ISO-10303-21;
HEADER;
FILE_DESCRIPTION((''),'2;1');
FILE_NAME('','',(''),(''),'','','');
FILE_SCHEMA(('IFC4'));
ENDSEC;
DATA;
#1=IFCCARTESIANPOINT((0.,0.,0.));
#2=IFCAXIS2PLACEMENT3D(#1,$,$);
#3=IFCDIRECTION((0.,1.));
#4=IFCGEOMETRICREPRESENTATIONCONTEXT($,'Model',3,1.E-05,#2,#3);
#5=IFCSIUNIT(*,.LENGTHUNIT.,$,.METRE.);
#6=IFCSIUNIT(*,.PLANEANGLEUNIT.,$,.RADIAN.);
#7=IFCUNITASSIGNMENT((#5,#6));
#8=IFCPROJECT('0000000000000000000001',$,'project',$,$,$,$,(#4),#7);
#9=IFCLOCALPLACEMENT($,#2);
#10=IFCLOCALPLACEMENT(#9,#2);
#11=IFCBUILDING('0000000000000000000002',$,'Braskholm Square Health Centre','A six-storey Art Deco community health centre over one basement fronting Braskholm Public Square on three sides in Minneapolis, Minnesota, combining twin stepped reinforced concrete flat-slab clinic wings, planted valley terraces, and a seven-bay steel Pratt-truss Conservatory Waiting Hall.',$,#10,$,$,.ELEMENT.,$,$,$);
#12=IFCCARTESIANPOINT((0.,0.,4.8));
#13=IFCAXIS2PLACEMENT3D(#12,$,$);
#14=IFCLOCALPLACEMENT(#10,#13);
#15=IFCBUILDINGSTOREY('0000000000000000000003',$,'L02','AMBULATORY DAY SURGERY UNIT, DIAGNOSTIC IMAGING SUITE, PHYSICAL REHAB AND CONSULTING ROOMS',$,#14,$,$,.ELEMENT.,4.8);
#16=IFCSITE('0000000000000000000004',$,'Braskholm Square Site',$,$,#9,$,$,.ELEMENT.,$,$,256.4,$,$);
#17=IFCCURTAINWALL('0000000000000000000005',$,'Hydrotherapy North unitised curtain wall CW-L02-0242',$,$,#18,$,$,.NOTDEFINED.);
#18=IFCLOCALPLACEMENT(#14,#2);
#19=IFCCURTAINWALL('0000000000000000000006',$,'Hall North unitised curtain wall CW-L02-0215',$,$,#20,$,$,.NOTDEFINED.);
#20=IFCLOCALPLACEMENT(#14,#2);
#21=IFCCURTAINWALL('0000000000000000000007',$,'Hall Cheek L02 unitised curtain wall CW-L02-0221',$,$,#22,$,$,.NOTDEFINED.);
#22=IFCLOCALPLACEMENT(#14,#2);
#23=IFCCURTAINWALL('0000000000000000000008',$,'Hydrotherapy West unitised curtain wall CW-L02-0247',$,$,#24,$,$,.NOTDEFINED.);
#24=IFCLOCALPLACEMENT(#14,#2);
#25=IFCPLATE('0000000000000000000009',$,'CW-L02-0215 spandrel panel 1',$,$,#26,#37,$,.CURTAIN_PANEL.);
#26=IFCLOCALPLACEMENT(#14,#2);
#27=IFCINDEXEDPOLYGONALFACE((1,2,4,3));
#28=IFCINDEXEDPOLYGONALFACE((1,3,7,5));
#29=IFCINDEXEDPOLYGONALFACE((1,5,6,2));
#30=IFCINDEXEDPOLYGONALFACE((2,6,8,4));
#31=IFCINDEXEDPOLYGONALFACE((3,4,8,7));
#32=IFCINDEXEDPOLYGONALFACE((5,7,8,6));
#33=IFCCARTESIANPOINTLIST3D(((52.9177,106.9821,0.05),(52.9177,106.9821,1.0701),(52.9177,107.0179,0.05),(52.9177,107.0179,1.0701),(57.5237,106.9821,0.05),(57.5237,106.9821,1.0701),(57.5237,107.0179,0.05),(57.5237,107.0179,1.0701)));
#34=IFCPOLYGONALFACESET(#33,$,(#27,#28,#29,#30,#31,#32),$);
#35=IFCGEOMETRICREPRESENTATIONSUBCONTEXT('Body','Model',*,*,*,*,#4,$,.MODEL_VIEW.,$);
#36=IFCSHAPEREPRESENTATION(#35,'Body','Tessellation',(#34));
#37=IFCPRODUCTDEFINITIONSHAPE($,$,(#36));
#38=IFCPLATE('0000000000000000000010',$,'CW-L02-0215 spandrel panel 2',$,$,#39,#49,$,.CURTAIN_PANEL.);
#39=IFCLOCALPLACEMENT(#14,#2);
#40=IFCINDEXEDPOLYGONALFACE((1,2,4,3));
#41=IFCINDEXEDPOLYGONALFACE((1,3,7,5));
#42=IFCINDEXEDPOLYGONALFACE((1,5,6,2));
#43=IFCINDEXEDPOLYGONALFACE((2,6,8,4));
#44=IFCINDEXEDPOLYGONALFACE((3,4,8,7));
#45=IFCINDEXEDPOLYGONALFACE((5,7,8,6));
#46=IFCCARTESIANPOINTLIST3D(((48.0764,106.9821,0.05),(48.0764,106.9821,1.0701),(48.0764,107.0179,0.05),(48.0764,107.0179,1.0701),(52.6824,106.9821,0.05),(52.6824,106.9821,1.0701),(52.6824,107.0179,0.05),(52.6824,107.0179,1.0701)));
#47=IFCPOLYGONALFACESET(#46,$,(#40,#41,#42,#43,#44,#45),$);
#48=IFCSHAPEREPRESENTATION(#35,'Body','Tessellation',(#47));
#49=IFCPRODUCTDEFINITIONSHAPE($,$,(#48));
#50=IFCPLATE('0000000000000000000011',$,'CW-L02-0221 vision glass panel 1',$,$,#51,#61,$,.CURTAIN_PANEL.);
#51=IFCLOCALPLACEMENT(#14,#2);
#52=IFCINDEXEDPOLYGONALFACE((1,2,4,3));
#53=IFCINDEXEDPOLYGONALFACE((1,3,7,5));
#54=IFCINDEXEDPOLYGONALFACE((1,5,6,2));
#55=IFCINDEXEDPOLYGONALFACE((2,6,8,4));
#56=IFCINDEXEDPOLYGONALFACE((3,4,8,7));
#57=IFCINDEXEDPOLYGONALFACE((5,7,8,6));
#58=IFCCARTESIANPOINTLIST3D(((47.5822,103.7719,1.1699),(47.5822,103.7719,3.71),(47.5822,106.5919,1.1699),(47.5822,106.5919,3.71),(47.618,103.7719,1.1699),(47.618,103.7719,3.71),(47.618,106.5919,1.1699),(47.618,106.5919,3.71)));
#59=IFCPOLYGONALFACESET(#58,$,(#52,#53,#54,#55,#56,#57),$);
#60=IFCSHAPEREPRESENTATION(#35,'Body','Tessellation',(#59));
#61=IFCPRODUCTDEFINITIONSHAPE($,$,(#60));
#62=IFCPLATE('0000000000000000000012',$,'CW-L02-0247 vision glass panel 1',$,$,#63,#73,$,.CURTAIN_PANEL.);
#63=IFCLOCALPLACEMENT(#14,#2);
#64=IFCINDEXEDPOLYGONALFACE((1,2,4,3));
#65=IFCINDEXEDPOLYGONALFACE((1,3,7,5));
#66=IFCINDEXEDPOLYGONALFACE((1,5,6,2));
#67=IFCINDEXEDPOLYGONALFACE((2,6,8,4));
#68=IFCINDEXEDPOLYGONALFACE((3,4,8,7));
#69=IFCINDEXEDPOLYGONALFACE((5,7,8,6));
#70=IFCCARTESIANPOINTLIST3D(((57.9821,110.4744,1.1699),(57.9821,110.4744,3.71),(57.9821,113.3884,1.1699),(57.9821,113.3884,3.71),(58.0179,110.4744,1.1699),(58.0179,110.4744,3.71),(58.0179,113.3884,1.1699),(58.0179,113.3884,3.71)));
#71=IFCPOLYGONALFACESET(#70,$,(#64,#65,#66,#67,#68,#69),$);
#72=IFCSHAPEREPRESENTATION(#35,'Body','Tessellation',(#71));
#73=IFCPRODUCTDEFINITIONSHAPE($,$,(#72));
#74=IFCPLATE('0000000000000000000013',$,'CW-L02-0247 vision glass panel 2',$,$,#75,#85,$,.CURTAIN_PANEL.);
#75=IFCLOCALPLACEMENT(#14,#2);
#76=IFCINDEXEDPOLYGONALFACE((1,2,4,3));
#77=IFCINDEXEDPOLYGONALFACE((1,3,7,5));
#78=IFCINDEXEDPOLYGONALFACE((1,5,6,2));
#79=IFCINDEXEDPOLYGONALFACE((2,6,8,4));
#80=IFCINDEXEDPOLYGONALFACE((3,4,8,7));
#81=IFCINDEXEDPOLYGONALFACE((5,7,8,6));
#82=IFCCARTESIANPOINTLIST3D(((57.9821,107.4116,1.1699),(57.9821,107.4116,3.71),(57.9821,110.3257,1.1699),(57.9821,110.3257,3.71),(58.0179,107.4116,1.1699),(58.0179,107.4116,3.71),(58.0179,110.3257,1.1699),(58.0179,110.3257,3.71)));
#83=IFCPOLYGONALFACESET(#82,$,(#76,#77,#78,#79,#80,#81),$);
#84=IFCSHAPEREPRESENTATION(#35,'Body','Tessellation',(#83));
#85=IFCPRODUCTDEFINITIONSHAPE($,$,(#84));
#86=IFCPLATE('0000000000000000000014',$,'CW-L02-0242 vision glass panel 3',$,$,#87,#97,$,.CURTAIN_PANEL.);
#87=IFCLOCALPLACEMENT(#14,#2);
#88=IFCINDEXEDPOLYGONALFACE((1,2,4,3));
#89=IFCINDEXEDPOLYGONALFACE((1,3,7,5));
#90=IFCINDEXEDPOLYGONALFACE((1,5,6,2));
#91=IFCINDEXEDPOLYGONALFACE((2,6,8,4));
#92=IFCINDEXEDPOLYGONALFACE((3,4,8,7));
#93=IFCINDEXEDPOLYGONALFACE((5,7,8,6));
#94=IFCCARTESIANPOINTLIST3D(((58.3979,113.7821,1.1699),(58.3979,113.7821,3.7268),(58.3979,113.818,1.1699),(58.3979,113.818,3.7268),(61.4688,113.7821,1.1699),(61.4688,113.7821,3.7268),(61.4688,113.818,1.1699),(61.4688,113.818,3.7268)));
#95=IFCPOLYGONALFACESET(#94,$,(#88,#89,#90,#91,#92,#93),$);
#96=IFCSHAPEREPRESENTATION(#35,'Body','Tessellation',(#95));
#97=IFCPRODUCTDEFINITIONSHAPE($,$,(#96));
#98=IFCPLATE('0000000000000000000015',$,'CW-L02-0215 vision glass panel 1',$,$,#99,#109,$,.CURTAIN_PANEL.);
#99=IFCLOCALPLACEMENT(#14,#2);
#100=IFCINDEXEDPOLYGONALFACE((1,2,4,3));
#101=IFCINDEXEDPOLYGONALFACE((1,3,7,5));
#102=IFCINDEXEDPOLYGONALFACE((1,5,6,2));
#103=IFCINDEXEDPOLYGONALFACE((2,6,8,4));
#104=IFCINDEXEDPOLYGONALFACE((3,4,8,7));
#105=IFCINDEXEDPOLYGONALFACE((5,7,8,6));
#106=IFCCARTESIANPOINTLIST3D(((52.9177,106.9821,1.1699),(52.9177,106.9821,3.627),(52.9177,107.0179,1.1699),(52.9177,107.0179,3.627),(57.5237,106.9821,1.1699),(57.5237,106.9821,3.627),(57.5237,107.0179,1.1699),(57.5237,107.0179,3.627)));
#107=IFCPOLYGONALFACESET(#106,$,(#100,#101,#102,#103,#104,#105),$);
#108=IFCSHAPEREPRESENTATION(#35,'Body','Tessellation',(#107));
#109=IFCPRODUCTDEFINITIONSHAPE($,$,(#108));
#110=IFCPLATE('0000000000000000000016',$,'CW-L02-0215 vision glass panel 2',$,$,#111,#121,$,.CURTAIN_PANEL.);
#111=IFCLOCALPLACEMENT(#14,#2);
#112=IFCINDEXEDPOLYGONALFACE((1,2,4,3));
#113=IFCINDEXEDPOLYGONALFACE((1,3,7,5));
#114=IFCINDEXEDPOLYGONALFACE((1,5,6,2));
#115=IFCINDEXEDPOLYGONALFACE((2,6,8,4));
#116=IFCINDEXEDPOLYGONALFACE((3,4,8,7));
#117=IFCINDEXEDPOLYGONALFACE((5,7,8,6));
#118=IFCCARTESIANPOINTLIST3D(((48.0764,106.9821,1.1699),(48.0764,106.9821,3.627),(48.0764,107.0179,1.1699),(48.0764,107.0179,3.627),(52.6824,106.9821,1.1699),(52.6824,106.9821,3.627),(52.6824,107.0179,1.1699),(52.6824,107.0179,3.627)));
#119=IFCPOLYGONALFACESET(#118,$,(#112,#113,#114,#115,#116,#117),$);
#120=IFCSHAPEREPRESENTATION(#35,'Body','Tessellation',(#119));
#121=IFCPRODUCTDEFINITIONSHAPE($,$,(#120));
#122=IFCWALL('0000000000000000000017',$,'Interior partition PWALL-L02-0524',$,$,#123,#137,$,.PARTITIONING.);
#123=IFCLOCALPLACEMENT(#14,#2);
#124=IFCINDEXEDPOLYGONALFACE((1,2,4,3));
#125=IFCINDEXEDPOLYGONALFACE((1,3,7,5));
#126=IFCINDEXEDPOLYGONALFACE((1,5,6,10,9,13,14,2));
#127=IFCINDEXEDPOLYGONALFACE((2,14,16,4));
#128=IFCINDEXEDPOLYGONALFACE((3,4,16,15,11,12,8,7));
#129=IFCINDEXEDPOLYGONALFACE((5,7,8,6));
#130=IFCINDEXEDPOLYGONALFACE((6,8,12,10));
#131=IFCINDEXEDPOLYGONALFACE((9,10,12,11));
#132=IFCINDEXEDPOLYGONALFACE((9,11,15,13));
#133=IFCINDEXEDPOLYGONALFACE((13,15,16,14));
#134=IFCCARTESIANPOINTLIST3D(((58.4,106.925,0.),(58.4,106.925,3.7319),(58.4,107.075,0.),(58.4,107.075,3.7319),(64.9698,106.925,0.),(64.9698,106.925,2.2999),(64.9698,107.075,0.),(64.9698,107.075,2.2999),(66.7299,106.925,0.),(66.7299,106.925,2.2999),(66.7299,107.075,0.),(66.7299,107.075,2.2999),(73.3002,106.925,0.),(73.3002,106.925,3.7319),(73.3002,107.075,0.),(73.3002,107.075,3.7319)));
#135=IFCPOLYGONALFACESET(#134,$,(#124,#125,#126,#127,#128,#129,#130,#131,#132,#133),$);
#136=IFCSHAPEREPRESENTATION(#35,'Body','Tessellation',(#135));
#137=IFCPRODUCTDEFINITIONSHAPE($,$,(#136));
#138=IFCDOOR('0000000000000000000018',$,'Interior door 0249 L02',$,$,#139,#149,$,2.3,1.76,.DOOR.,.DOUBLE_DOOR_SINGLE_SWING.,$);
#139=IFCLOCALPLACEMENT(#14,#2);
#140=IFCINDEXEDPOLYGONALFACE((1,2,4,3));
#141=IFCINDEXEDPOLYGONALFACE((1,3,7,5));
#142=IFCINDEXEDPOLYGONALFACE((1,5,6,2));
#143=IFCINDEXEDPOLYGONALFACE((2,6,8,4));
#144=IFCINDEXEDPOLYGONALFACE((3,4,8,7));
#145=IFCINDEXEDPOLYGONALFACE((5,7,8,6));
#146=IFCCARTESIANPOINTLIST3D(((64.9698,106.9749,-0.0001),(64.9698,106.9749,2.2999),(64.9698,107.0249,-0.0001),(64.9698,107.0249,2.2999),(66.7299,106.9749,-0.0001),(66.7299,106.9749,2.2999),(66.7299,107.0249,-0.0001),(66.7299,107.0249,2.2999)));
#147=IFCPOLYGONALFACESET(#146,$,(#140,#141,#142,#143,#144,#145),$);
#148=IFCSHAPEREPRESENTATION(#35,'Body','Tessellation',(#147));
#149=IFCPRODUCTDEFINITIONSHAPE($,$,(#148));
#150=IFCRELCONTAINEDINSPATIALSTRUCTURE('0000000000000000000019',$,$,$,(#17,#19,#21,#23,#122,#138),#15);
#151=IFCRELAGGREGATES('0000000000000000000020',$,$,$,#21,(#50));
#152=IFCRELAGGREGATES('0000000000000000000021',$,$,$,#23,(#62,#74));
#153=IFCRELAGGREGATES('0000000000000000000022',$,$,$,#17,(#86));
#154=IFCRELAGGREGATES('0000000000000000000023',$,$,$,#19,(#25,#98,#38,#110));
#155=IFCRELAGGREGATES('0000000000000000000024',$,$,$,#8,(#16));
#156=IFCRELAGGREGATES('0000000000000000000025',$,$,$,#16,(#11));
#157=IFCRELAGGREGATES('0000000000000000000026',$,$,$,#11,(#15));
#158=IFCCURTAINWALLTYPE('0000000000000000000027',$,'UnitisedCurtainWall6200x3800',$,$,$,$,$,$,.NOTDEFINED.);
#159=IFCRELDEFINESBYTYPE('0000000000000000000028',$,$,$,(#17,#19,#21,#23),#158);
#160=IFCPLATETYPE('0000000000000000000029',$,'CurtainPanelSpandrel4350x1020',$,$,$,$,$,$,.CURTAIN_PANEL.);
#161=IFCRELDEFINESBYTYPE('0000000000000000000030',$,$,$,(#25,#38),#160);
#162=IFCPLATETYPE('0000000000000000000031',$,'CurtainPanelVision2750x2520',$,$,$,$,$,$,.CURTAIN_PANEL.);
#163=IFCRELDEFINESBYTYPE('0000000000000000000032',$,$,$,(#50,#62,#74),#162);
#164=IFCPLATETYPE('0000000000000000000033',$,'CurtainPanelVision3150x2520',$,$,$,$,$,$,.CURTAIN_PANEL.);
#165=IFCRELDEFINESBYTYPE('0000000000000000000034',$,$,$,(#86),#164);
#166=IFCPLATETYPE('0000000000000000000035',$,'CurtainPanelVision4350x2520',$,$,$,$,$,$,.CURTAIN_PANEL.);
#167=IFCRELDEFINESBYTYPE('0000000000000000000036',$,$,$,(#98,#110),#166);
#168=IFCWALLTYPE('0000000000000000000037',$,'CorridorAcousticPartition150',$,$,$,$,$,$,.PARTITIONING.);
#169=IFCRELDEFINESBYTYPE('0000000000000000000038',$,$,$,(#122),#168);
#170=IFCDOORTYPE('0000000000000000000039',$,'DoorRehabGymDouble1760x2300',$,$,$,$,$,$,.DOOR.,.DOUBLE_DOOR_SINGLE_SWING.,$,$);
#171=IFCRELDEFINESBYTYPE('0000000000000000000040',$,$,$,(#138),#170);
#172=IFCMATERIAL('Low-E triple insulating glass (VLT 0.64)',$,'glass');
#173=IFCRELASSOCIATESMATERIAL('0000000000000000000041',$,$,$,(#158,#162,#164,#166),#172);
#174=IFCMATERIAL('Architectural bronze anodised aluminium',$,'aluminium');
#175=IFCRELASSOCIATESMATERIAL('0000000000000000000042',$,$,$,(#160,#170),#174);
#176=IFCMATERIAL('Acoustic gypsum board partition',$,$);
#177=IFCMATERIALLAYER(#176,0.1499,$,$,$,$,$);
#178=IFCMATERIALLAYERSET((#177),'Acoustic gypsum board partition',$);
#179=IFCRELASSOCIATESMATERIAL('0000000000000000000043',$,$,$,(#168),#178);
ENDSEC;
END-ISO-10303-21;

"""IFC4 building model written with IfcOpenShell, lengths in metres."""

from ifc_helpers import new_model, si_unit, direction, frame, frame_2d, origin, origin_with_axes, origin_2d, place, context, subcontext, project, spatial, rectangle, extrude, material, layer, layer_set, type_object, element, fill, aggregate, save


model = new_model("IFC4")

# Units and contexts
model_context = context("Model", 3, precision=1e-05, world=origin(), true_north=direction((0.0, 1.0)))
body_context = subcontext(model_context, "Body", "Model", "MODEL_VIEW")
ifc_project = project(units=[si_unit("LENGTHUNIT", "METRE"), si_unit("PLANEANGLEUNIT", "RADIAN")], contexts=[model_context])

# Site, building, storey
site_placement = place(None, origin())
site = spatial("IfcSite", under=ifc_project, at=site_placement, Name="Braskholm Square Site", CompositionType="ELEMENT", RefElevation=256.4)
building_placement = place(site_placement, origin())
building = spatial("IfcBuilding", under=site, at=building_placement, Name="Braskholm Square Health Centre", Description="A six-storey Art Deco community health centre over one basement fronting Braskholm Public Square on three sides in Minneapolis, Minnesota, combining twin stepped reinforced concrete flat-slab clinic wings, planted valley terraces, and a seven-bay steel Pratt-truss Conservatory Waiting Hall.", CompositionType="ELEMENT")
storey_placement = place(building_placement, frame((0.0, 0.0, 4.8)))
storey = spatial("IfcBuildingStorey", under=building, at=storey_placement, Name="L02", Description="AMBULATORY DAY SURGERY UNIT, DIAGNOSTIC IMAGING SUITE, PHYSICAL REHAB AND CONSULTING ROOMS", CompositionType="ELEMENT", Elevation=4.8)

# Curtain walls
ifc_material_1 = material(Name="Low-E triple insulating glass (VLT 0.64)", Category="glass")
curtain_wall_type = type_object("IfcCurtainWallType", Name="UnitisedCurtainWall6200x3800", PredefinedType="NOTDEFINED", material=ifc_material_1)
curtain_wall_1_placement = place(storey_placement, origin())
curtain_wall_1 = element("IfcCurtainWall", 1, at=curtain_wall_1_placement, inside=storey, type_object=curtain_wall_type, Name="Hydrotherapy North unitised curtain wall CW-L02-0242", PredefinedType="NOTDEFINED")
ifc_material_2 = material(Name="Architectural bronze anodised aluminium", Category="aluminium")
curtain_wall_2_placement = place(storey_placement, origin())
curtain_wall_2 = element("IfcCurtainWall", 2, at=curtain_wall_2_placement, inside=storey, type_object=curtain_wall_type, Name="Hall North unitised curtain wall CW-L02-0215", PredefinedType="NOTDEFINED")

# Curtain wall
curtain_wall_3_placement = place(storey_placement, origin())
curtain_wall_3 = element("IfcCurtainWall", 3, at=curtain_wall_3_placement, inside=storey, type_object=curtain_wall_type, Name="Hall Cheek L02 unitised curtain wall CW-L02-0221", PredefinedType="NOTDEFINED")

# Curtain wall
curtain_wall_4_placement = place(storey_placement, origin())
curtain_wall_4 = element("IfcCurtainWall", 4, at=curtain_wall_4_placement, inside=storey, type_object=curtain_wall_type, Name="Hydrotherapy West unitised curtain wall CW-L02-0247", PredefinedType="NOTDEFINED")

# Plates
plate_type_1 = type_object("IfcPlateType", Name="CurtainPanelSpandrel4350x1020", PredefinedType="CURTAIN_PANEL", material=ifc_material_2)
plate_1_placement = place(storey_placement, frame((55.2207, 107.0, 0.05), z_axis=(0.0, 0.0, 1.0), x_axis=(-1.0, 0.0, 0.0)))
plate_1 = element("IfcPlate", 5, at=plate_1_placement, type_object=plate_type_1, Name="CW-L02-0215 spandrel panel 1", PredefinedType="CURTAIN_PANEL", context=body_context, shape_type="SweptSolid", body=[
    extrude(rectangle(XDim=4.606, YDim=0.0359, at=origin_2d()), origin(), (0.0, 0.0, 1.0), 1.02),
])
plate_2_placement = place(storey_placement, frame((50.3794, 107.0, 0.05), z_axis=(0.0, 0.0, 1.0), x_axis=(-1.0, 0.0, 0.0)))
plate_2 = element("IfcPlate", 6, at=plate_2_placement, type_object=plate_type_1, Name="CW-L02-0215 spandrel panel 2", PredefinedType="CURTAIN_PANEL", context=body_context, shape_type="SweptSolid", body=[
    extrude(rectangle(XDim=4.606, YDim=0.0359, at=origin_2d()), origin(), (0.0, 0.0, 1.0), 1.02),
])
plate_type_2 = type_object("IfcPlateType", Name="CurtainPanelVision2750x2520", PredefinedType="CURTAIN_PANEL", material=ifc_material_1)
plate_3_placement = place(storey_placement, frame((47.6001, 105.1819, 1.1699), z_axis=(0.0, 0.0, 1.0), x_axis=(0.0, -1.0, 0.0)))
plate_3 = element("IfcPlate", 7, at=plate_3_placement, type_object=plate_type_2, Name="CW-L02-0221 vision glass panel 1", PredefinedType="CURTAIN_PANEL", context=body_context, shape_type="SweptSolid", body=[
    extrude(rectangle(XDim=2.8201, YDim=0.0359, at=origin_2d()), origin(), (0.0, 0.0, 1.0), 2.54),
])
aggregate(curtain_wall_3, [plate_3])
plate_4_placement = place(storey_placement, frame((58.0, 111.9314, 1.1699), z_axis=(0.0, 0.0, 1.0), x_axis=(0.0, -1.0, 0.0)))
plate_4 = element("IfcPlate", 8, at=plate_4_placement, type_object=plate_type_2, Name="CW-L02-0247 vision glass panel 1", PredefinedType="CURTAIN_PANEL", context=body_context, shape_type="SweptSolid", body=[
    extrude(rectangle(XDim=2.9141, YDim=0.0359, at=origin_2d()), origin(), (0.0, 0.0, 1.0), 2.54),
])
plate_5_placement = place(storey_placement, frame((58.0, 108.8687, 1.1699), z_axis=(0.0, 0.0, 1.0), x_axis=(0.0, -1.0, 0.0)))
plate_5 = element("IfcPlate", 9, at=plate_5_placement, type_object=plate_type_2, Name="CW-L02-0247 vision glass panel 2", PredefinedType="CURTAIN_PANEL", context=body_context, shape_type="SweptSolid", body=[
    extrude(rectangle(XDim=2.9141, YDim=0.0359, at=origin_2d()), origin(), (0.0, 0.0, 1.0), 2.54),
])
aggregate(curtain_wall_4, [plate_4, plate_5])
plate_type_3 = type_object("IfcPlateType", Name="CurtainPanelVision3150x2520", PredefinedType="CURTAIN_PANEL", material=ifc_material_1)
plate_6_placement = place(storey_placement, frame((59.9333, 113.8, 1.1699), z_axis=(0.0, 0.0, 1.0), x_axis=(-1.0, 0.0, 0.0)))
plate_6 = element("IfcPlate", 10, at=plate_6_placement, type_object=plate_type_3, Name="CW-L02-0242 vision glass panel 3", PredefinedType="CURTAIN_PANEL", context=body_context, shape_type="SweptSolid", body=[
    extrude(rectangle(XDim=3.0708, YDim=0.0359, at=origin_2d()), origin(), (0.0, 0.0, 1.0), 2.5569),
])
aggregate(curtain_wall_1, [plate_6])
plate_type_4 = type_object("IfcPlateType", Name="CurtainPanelVision4350x2520", PredefinedType="CURTAIN_PANEL", material=ifc_material_1)
plate_7_placement = place(storey_placement, frame((55.2207, 107.0, 1.1699), z_axis=(0.0, 0.0, 1.0), x_axis=(-1.0, 0.0, 0.0)))
plate_7 = element("IfcPlate", 11, at=plate_7_placement, type_object=plate_type_4, Name="CW-L02-0215 vision glass panel 1", PredefinedType="CURTAIN_PANEL", context=body_context, shape_type="SweptSolid", body=[
    extrude(rectangle(XDim=4.606, YDim=0.0359, at=origin_2d()), origin(), (0.0, 0.0, 1.0), 2.457),
])
plate_8_placement = place(storey_placement, frame((50.3794, 107.0, 1.1699), z_axis=(0.0, 0.0, 1.0), x_axis=(-1.0, 0.0, 0.0)))
plate_8 = element("IfcPlate", 12, at=plate_8_placement, type_object=plate_type_4, Name="CW-L02-0215 vision glass panel 2", PredefinedType="CURTAIN_PANEL", context=body_context, shape_type="SweptSolid", body=[
    extrude(rectangle(XDim=4.606, YDim=0.0359, at=origin_2d()), origin(), (0.0, 0.0, 1.0), 2.457),
])
aggregate(curtain_wall_2, [plate_1, plate_7, plate_2, plate_8])

# Wall, opening, door
ifc_material_3 = material(Name="Acoustic gypsum board partition")
ifc_layer = layer(ifc_material_3, 0.1499)
ifc_layer_set = layer_set([ifc_layer], Name="Acoustic gypsum board partition")
wall_type = type_object("IfcWallType", Name="CorridorAcousticPartition150", PredefinedType="PARTITIONING", material=ifc_layer_set)
wall_placement = place(storey_placement, frame((58.3999, 107.0, 0.0), z_axis=(0.0, 0.0, 1.0), x_axis=(1.0, 0.0, 0.0)))
wall = element("IfcWall", 13, at=wall_placement, inside=storey, type_object=wall_type, Name="Interior partition PWALL-L02-0524", PredefinedType="PARTITIONING", context=body_context, shape_type="SweptSolid", body=[
    extrude(rectangle(XDim=14.9001, YDim=0.1499, at=frame_2d((7.4502, 0.0))), origin(), (0.0, 0.0, 1.0), 3.7319),
])
opening_placement = place(wall_placement, frame((6.5701, 0.0, 0.0)))
opening = element("IfcOpeningElement", 14, at=opening_placement, cuts=wall, PredefinedType="OPENING", context=body_context, shape_type="SweptSolid", body=[
    extrude(rectangle(XDim=1.76, YDim=2.3, at=frame_2d((0.8799, 1.1499))), frame((0.0, 0.085, 0.0), z_axis=(0.0, -1.0, 0.0), x_axis=(1.0, 0.0, 0.0)), (0.0, 0.0, 1.0), 0.1699),
])
door_type = type_object("IfcDoorType", Name="DoorRehabGymDouble1760x2300", OperationType="DOUBLE_DOOR_SINGLE_SWING", PredefinedType="DOOR", material=ifc_material_2)
door_placement = place(opening_placement, origin_with_axes())
door = element("IfcDoor", 15, at=door_placement, inside=storey, type_object=door_type, Name="Interior door 0249 L02", OperationType="DOUBLE_DOOR_SINGLE_SWING", OverallHeight=2.3, OverallWidth=1.76, PredefinedType="DOOR", context=body_context, shape_type="SweptSolid", body=[
    extrude(rectangle(XDim=1.76, YDim=2.3, at=frame_2d((0.8799, 1.1499))), frame((0.0, 0.0249, 0.0), z_axis=(0.0, -1.0, 0.0), x_axis=(1.0, 0.0, 0.0)), (0.0, 0.0, 1.0), 0.05),
])
fill(opening, door)

save(model, "model.ifc")
